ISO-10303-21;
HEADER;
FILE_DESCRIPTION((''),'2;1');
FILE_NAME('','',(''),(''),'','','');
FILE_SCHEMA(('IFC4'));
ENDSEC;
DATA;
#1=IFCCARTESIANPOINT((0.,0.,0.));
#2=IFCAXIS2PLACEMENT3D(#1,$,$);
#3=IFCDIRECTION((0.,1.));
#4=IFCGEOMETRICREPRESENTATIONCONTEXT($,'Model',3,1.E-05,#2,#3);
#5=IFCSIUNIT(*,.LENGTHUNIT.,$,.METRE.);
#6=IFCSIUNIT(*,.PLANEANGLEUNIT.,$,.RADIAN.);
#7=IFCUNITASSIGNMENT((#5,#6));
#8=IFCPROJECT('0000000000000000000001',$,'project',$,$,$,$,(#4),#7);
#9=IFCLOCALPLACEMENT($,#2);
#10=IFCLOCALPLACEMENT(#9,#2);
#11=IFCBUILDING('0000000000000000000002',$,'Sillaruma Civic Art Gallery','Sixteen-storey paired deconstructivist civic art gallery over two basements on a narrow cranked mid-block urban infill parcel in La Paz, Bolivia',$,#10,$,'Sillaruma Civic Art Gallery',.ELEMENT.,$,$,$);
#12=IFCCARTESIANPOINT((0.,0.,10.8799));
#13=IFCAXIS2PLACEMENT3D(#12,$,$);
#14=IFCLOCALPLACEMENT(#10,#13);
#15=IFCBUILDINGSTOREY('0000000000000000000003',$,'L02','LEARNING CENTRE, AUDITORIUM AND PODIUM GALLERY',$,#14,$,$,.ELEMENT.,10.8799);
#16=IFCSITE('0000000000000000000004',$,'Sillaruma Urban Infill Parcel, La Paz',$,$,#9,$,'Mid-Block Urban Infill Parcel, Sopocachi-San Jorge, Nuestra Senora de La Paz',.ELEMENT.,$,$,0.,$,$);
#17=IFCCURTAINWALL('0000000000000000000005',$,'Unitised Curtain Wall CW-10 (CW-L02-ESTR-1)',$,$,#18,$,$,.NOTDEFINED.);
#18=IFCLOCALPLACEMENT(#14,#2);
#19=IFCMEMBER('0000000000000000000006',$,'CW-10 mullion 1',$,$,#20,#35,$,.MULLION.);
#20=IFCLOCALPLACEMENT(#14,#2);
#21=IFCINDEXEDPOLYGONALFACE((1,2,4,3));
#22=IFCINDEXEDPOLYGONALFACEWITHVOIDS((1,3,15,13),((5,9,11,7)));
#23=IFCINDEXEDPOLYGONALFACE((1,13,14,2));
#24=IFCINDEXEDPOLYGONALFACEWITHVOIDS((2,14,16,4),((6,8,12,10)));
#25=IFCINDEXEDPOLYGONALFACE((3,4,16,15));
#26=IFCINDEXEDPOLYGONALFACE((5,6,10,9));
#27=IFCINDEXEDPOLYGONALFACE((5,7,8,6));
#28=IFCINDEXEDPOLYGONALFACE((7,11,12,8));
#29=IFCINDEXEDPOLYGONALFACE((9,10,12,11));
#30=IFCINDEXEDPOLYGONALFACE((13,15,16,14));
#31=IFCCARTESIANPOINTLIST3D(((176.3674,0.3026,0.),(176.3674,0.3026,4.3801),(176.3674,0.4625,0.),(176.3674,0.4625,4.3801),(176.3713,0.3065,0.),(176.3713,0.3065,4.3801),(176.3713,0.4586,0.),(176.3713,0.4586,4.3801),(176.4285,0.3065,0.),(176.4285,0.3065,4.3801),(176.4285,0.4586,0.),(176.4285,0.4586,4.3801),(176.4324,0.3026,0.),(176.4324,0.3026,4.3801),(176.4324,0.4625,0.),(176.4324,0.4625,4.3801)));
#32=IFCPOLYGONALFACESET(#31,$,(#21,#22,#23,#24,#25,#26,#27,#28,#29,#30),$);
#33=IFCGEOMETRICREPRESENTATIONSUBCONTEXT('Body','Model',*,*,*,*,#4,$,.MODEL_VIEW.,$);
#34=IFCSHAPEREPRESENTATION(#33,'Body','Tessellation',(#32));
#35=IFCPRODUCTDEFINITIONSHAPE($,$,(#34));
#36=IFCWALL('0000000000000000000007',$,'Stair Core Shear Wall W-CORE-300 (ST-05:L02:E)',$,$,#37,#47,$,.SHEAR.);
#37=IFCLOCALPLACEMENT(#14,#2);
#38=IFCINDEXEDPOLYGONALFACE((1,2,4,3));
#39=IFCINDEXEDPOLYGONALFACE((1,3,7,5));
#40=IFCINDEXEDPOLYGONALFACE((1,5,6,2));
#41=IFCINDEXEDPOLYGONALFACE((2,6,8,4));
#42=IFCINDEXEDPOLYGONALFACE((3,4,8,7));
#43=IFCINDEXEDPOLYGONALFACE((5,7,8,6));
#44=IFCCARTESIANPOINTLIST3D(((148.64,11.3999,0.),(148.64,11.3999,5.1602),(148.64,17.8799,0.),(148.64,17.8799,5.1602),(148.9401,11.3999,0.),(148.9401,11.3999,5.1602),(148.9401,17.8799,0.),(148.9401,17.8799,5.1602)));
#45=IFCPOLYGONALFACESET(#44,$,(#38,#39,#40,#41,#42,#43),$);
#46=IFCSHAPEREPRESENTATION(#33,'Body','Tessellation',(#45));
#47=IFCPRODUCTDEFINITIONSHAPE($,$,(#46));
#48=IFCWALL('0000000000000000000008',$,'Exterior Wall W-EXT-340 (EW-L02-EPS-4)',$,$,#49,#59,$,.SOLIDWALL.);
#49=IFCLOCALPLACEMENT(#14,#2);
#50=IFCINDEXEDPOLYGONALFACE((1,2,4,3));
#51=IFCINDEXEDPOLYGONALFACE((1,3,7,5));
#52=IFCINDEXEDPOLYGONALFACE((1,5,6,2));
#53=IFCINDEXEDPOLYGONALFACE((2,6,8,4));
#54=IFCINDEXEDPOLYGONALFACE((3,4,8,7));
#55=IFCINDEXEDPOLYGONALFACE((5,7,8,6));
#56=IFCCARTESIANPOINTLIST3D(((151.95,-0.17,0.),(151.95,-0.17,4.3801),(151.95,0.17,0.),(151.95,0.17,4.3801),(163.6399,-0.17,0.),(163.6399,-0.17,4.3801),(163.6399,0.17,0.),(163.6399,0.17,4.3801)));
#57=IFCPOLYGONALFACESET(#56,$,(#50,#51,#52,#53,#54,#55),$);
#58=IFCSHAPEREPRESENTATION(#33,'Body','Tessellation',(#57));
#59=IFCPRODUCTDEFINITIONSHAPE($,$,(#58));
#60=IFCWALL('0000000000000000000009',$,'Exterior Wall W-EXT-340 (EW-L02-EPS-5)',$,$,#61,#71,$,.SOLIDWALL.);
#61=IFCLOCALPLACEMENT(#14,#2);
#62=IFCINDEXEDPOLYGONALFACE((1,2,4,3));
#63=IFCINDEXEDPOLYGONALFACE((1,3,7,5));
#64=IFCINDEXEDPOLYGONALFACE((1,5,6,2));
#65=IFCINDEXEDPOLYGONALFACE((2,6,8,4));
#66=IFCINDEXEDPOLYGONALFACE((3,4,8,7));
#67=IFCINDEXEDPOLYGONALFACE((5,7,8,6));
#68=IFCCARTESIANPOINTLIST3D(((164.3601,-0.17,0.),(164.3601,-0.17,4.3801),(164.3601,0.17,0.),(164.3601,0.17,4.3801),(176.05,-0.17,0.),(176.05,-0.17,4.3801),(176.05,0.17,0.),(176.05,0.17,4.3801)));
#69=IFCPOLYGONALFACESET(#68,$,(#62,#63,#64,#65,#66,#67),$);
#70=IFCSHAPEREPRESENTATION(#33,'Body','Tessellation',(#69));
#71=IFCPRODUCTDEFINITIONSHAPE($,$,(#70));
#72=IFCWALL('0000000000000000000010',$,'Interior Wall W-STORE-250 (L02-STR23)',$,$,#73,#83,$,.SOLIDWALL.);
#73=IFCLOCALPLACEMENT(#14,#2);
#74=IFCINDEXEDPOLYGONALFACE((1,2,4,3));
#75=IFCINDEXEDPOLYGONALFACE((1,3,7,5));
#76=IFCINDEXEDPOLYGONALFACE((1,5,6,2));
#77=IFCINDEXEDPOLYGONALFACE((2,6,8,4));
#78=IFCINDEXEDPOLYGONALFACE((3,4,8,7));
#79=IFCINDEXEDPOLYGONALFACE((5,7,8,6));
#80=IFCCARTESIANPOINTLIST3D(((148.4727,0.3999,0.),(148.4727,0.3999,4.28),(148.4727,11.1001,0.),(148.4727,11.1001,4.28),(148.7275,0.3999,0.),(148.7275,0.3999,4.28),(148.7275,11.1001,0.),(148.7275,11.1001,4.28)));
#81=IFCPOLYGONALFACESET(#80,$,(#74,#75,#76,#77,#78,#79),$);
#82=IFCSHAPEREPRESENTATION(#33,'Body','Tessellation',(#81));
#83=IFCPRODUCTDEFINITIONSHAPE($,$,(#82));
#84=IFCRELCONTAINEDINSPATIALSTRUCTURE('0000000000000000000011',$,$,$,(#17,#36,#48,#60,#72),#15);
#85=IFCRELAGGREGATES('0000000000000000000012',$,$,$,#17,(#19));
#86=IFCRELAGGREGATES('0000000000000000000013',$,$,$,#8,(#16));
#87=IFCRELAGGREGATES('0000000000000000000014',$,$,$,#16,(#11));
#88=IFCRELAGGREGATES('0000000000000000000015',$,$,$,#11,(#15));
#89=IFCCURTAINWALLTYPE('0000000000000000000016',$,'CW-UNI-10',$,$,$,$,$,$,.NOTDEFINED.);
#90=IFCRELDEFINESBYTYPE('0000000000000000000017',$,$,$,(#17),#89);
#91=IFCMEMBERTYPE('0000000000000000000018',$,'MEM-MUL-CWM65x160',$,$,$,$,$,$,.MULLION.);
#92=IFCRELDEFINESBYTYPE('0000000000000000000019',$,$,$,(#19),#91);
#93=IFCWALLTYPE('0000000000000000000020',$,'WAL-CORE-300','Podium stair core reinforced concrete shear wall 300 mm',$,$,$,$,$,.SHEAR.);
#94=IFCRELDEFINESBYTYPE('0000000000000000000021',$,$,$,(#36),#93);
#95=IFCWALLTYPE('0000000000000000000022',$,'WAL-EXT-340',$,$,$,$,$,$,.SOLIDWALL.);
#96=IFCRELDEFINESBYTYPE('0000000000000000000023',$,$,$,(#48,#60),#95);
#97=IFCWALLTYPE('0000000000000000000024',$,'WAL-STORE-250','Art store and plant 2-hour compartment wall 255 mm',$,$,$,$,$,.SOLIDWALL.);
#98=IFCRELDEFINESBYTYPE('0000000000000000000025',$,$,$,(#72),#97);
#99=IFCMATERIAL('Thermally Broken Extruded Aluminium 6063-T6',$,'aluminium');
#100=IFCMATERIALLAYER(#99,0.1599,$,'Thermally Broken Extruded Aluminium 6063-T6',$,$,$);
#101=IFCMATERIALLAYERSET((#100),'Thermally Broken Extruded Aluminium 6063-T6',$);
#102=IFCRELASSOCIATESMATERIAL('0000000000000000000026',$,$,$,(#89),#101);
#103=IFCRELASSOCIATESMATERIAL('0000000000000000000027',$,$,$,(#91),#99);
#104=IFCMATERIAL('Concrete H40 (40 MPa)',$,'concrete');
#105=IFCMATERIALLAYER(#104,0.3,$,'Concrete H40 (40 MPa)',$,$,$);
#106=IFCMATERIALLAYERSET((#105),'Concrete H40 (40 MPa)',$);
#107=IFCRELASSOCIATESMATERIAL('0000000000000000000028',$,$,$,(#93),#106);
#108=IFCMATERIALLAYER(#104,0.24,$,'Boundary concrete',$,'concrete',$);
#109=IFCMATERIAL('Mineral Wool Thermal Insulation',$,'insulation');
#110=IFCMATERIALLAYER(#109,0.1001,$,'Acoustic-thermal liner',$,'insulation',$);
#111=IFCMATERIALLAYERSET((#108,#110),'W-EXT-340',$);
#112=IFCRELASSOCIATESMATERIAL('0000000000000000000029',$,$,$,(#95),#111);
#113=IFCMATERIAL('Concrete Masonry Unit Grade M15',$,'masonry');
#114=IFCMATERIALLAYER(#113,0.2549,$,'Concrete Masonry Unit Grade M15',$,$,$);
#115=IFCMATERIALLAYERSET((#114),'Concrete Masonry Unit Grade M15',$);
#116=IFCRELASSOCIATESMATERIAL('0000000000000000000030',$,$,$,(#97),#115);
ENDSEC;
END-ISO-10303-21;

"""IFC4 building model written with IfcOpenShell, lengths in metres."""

from ifc_helpers import new_model, si_unit, direction, frame, frame_2d, origin, origin_2d, place, context, subcontext, project, spatial, rectangle, hollow_rectangle, extrude, material, layer, layer_set, material_profile, profile_set, type_object, element, aggregate, save


model = new_model("IFC4")

# Units and contexts
model_context = context("Model", 3, precision=1e-05, world=origin(), true_north=direction((0.0, 1.0)))
body_context = subcontext(model_context, "Body", "Model", "MODEL_VIEW")
ifc_project = project(units=[si_unit("LENGTHUNIT", "METRE"), si_unit("PLANEANGLEUNIT", "RADIAN")], contexts=[model_context])

# Site, building, storey
site_placement = place(None, origin())
site = spatial("IfcSite", under=ifc_project, at=site_placement, Name="Sillaruma Urban Infill Parcel, La Paz", LongName="Mid-Block Urban Infill Parcel, Sopocachi-San Jorge, Nuestra Senora de La Paz", CompositionType="ELEMENT", RefElevation=0.0)
building_placement = place(site_placement, origin())
building = spatial("IfcBuilding", under=site, at=building_placement, Name="Sillaruma Civic Art Gallery", Description="Sixteen-storey paired deconstructivist civic art gallery over two basements on a narrow cranked mid-block urban infill parcel in La Paz, Bolivia", LongName="Sillaruma Civic Art Gallery", CompositionType="ELEMENT")
storey_placement = place(building_placement, frame((0.0, 0.0, 10.8799)))
storey = spatial("IfcBuildingStorey", under=building, at=storey_placement, Name="L02", Description="LEARNING CENTRE, AUDITORIUM AND PODIUM GALLERY", CompositionType="ELEMENT", Elevation=10.8799)

# Shared definitions
ifc_material_1 = material(Name="Concrete H40 (40 MPa)", Category="concrete")

# Curtain wall, member
ifc_material_2 = material(Name="Thermally Broken Extruded Aluminium 6063-T6", Category="aluminium")
ifc_layer_1 = layer(ifc_material_2, 0.1599, Name="Thermally Broken Extruded Aluminium 6063-T6")
ifc_layer_set_1 = layer_set([ifc_layer_1], Name="Thermally Broken Extruded Aluminium 6063-T6")
curtain_wall_type = type_object("IfcCurtainWallType", Name="CW-UNI-10", PredefinedType="NOTDEFINED", material=ifc_layer_set_1)
curtain_wall_placement = place(storey_placement, origin())
curtain_wall = element("IfcCurtainWall", 1, at=curtain_wall_placement, inside=storey, type_object=curtain_wall_type, Name="Unitised Curtain Wall CW-10 (CW-L02-ESTR-1)", PredefinedType="NOTDEFINED")
ifc_material_profile_1 = material_profile(ifc_material_2, hollow_rectangle(XDim=0.0649, YDim=0.1599, WallThickness=0.0039, at=origin_2d()), Name="CWM65x160")
ifc_profile_set_1 = profile_set([ifc_material_profile_1], Name="Thermally Broken Extruded Aluminium 6063-T6")
member_type = type_object("IfcMemberType", Name="MEM-MUL-CWM65x160", PredefinedType="MULLION", material=ifc_profile_set_1)
member_placement = place(storey_placement, frame((176.3999, 0.3826, 0.0), z_axis=(0.0, 0.0, 1.0), x_axis=(-1.0, 0.0, 0.0)))
member = element("IfcMember", 2, at=member_placement, type_object=member_type, Name="CW-10 mullion 1", PredefinedType="MULLION", context=body_context, shape_type="SweptSolid", body=[
    extrude(hollow_rectangle(XDim=0.0649, YDim=0.1599, WallThickness=0.0039, at=origin_2d()), origin(), (0.0, 0.0, 1.0), 4.3801),
])
aggregate(curtain_wall, [member])

# Walls
ifc_layer_2 = layer(ifc_material_1, 0.3, Name="Concrete H40 (40 MPa)")
ifc_layer_set_2 = layer_set([ifc_layer_2], Name="Concrete H40 (40 MPa)")
wall_type_1 = type_object("IfcWallType", Name="WAL-CORE-300", Description="Podium stair core reinforced concrete shear wall 300 mm", PredefinedType="SHEAR", material=ifc_layer_set_2)
wall_1_placement = place(storey_placement, frame((148.79, 11.3999, 0.0), z_axis=(0.0, 0.0, 1.0), x_axis=(0.0, 1.0, 0.0)))
element("IfcWall", 3, at=wall_1_placement, inside=storey, type_object=wall_type_1, Name="Stair Core Shear Wall W-CORE-300 (ST-05:L02:E)", PredefinedType="SHEAR", context=body_context, shape_type="SweptSolid", body=[
    extrude(rectangle(XDim=6.48, YDim=0.3, at=frame_2d((3.24, 0.0))), origin(), (0.0, 0.0, 1.0), 5.1602),
])
ifc_layer_3 = layer(ifc_material_1, 0.24, Name="Boundary concrete", Category="concrete")
ifc_material_3 = material(Name="Mineral Wool Thermal Insulation", Category="insulation")
ifc_layer_4 = layer(ifc_material_3, 0.1001, Name="Acoustic-thermal liner", Category="insulation")
ifc_layer_set_3 = layer_set([ifc_layer_3, ifc_layer_4], Name="W-EXT-340")
wall_type_2 = type_object("IfcWallType", Name="WAL-EXT-340", PredefinedType="SOLIDWALL", material=ifc_layer_set_3)
for number, where, z_axis, x_axis, name in (
    (4, (151.95, 0.0, 0.0), (0.0, 0.0, 1.0), (1.0, 0.0, 0.0), "Exterior Wall W-EXT-340 (EW-L02-EPS-4)"),
    (5, (164.3601, 0.0, 0.0), (0.0, 0.0, 1.0), (1.0, 0.0, 0.0), "Exterior Wall W-EXT-340 (EW-L02-EPS-5)"),
):
    element("IfcWall", number, at=place(storey_placement, frame(where, z_axis=z_axis, x_axis=x_axis)), inside=storey, type_object=wall_type_2, Name=name, PredefinedType="SOLIDWALL", context=body_context, shape_type="SweptSolid", body=[
        extrude(rectangle(XDim=11.6899, YDim=0.3401, at=frame_2d((5.845, 0.0))), origin(), (0.0, 0.0, 1.0), 4.3801),
    ])
ifc_material_4 = material(Name="Concrete Masonry Unit Grade M15", Category="masonry")
ifc_layer_5 = layer(ifc_material_4, 0.2549, Name="Concrete Masonry Unit Grade M15")
ifc_layer_set_4 = layer_set([ifc_layer_5], Name="Concrete Masonry Unit Grade M15")
wall_type_3 = type_object("IfcWallType", Name="WAL-STORE-250", Description="Art store and plant 2-hour compartment wall 255 mm", PredefinedType="SOLIDWALL", material=ifc_layer_set_4)
wall_2_placement = place(storey_placement, frame((148.6001, 0.3999, 0.0), z_axis=(0.0, 0.0, 1.0), x_axis=(0.0, 1.0, 0.0)))
element("IfcWall", 6, at=wall_2_placement, inside=storey, type_object=wall_type_3, Name="Interior Wall W-STORE-250 (L02-STR23)", PredefinedType="SOLIDWALL", context=body_context, shape_type="SweptSolid", body=[
    extrude(rectangle(XDim=10.7002, YDim=0.2549, at=frame_2d((5.3501, 0.0))), origin(), (0.0, 0.0, 1.0), 4.28),
])

save(model, "model.ifc")
